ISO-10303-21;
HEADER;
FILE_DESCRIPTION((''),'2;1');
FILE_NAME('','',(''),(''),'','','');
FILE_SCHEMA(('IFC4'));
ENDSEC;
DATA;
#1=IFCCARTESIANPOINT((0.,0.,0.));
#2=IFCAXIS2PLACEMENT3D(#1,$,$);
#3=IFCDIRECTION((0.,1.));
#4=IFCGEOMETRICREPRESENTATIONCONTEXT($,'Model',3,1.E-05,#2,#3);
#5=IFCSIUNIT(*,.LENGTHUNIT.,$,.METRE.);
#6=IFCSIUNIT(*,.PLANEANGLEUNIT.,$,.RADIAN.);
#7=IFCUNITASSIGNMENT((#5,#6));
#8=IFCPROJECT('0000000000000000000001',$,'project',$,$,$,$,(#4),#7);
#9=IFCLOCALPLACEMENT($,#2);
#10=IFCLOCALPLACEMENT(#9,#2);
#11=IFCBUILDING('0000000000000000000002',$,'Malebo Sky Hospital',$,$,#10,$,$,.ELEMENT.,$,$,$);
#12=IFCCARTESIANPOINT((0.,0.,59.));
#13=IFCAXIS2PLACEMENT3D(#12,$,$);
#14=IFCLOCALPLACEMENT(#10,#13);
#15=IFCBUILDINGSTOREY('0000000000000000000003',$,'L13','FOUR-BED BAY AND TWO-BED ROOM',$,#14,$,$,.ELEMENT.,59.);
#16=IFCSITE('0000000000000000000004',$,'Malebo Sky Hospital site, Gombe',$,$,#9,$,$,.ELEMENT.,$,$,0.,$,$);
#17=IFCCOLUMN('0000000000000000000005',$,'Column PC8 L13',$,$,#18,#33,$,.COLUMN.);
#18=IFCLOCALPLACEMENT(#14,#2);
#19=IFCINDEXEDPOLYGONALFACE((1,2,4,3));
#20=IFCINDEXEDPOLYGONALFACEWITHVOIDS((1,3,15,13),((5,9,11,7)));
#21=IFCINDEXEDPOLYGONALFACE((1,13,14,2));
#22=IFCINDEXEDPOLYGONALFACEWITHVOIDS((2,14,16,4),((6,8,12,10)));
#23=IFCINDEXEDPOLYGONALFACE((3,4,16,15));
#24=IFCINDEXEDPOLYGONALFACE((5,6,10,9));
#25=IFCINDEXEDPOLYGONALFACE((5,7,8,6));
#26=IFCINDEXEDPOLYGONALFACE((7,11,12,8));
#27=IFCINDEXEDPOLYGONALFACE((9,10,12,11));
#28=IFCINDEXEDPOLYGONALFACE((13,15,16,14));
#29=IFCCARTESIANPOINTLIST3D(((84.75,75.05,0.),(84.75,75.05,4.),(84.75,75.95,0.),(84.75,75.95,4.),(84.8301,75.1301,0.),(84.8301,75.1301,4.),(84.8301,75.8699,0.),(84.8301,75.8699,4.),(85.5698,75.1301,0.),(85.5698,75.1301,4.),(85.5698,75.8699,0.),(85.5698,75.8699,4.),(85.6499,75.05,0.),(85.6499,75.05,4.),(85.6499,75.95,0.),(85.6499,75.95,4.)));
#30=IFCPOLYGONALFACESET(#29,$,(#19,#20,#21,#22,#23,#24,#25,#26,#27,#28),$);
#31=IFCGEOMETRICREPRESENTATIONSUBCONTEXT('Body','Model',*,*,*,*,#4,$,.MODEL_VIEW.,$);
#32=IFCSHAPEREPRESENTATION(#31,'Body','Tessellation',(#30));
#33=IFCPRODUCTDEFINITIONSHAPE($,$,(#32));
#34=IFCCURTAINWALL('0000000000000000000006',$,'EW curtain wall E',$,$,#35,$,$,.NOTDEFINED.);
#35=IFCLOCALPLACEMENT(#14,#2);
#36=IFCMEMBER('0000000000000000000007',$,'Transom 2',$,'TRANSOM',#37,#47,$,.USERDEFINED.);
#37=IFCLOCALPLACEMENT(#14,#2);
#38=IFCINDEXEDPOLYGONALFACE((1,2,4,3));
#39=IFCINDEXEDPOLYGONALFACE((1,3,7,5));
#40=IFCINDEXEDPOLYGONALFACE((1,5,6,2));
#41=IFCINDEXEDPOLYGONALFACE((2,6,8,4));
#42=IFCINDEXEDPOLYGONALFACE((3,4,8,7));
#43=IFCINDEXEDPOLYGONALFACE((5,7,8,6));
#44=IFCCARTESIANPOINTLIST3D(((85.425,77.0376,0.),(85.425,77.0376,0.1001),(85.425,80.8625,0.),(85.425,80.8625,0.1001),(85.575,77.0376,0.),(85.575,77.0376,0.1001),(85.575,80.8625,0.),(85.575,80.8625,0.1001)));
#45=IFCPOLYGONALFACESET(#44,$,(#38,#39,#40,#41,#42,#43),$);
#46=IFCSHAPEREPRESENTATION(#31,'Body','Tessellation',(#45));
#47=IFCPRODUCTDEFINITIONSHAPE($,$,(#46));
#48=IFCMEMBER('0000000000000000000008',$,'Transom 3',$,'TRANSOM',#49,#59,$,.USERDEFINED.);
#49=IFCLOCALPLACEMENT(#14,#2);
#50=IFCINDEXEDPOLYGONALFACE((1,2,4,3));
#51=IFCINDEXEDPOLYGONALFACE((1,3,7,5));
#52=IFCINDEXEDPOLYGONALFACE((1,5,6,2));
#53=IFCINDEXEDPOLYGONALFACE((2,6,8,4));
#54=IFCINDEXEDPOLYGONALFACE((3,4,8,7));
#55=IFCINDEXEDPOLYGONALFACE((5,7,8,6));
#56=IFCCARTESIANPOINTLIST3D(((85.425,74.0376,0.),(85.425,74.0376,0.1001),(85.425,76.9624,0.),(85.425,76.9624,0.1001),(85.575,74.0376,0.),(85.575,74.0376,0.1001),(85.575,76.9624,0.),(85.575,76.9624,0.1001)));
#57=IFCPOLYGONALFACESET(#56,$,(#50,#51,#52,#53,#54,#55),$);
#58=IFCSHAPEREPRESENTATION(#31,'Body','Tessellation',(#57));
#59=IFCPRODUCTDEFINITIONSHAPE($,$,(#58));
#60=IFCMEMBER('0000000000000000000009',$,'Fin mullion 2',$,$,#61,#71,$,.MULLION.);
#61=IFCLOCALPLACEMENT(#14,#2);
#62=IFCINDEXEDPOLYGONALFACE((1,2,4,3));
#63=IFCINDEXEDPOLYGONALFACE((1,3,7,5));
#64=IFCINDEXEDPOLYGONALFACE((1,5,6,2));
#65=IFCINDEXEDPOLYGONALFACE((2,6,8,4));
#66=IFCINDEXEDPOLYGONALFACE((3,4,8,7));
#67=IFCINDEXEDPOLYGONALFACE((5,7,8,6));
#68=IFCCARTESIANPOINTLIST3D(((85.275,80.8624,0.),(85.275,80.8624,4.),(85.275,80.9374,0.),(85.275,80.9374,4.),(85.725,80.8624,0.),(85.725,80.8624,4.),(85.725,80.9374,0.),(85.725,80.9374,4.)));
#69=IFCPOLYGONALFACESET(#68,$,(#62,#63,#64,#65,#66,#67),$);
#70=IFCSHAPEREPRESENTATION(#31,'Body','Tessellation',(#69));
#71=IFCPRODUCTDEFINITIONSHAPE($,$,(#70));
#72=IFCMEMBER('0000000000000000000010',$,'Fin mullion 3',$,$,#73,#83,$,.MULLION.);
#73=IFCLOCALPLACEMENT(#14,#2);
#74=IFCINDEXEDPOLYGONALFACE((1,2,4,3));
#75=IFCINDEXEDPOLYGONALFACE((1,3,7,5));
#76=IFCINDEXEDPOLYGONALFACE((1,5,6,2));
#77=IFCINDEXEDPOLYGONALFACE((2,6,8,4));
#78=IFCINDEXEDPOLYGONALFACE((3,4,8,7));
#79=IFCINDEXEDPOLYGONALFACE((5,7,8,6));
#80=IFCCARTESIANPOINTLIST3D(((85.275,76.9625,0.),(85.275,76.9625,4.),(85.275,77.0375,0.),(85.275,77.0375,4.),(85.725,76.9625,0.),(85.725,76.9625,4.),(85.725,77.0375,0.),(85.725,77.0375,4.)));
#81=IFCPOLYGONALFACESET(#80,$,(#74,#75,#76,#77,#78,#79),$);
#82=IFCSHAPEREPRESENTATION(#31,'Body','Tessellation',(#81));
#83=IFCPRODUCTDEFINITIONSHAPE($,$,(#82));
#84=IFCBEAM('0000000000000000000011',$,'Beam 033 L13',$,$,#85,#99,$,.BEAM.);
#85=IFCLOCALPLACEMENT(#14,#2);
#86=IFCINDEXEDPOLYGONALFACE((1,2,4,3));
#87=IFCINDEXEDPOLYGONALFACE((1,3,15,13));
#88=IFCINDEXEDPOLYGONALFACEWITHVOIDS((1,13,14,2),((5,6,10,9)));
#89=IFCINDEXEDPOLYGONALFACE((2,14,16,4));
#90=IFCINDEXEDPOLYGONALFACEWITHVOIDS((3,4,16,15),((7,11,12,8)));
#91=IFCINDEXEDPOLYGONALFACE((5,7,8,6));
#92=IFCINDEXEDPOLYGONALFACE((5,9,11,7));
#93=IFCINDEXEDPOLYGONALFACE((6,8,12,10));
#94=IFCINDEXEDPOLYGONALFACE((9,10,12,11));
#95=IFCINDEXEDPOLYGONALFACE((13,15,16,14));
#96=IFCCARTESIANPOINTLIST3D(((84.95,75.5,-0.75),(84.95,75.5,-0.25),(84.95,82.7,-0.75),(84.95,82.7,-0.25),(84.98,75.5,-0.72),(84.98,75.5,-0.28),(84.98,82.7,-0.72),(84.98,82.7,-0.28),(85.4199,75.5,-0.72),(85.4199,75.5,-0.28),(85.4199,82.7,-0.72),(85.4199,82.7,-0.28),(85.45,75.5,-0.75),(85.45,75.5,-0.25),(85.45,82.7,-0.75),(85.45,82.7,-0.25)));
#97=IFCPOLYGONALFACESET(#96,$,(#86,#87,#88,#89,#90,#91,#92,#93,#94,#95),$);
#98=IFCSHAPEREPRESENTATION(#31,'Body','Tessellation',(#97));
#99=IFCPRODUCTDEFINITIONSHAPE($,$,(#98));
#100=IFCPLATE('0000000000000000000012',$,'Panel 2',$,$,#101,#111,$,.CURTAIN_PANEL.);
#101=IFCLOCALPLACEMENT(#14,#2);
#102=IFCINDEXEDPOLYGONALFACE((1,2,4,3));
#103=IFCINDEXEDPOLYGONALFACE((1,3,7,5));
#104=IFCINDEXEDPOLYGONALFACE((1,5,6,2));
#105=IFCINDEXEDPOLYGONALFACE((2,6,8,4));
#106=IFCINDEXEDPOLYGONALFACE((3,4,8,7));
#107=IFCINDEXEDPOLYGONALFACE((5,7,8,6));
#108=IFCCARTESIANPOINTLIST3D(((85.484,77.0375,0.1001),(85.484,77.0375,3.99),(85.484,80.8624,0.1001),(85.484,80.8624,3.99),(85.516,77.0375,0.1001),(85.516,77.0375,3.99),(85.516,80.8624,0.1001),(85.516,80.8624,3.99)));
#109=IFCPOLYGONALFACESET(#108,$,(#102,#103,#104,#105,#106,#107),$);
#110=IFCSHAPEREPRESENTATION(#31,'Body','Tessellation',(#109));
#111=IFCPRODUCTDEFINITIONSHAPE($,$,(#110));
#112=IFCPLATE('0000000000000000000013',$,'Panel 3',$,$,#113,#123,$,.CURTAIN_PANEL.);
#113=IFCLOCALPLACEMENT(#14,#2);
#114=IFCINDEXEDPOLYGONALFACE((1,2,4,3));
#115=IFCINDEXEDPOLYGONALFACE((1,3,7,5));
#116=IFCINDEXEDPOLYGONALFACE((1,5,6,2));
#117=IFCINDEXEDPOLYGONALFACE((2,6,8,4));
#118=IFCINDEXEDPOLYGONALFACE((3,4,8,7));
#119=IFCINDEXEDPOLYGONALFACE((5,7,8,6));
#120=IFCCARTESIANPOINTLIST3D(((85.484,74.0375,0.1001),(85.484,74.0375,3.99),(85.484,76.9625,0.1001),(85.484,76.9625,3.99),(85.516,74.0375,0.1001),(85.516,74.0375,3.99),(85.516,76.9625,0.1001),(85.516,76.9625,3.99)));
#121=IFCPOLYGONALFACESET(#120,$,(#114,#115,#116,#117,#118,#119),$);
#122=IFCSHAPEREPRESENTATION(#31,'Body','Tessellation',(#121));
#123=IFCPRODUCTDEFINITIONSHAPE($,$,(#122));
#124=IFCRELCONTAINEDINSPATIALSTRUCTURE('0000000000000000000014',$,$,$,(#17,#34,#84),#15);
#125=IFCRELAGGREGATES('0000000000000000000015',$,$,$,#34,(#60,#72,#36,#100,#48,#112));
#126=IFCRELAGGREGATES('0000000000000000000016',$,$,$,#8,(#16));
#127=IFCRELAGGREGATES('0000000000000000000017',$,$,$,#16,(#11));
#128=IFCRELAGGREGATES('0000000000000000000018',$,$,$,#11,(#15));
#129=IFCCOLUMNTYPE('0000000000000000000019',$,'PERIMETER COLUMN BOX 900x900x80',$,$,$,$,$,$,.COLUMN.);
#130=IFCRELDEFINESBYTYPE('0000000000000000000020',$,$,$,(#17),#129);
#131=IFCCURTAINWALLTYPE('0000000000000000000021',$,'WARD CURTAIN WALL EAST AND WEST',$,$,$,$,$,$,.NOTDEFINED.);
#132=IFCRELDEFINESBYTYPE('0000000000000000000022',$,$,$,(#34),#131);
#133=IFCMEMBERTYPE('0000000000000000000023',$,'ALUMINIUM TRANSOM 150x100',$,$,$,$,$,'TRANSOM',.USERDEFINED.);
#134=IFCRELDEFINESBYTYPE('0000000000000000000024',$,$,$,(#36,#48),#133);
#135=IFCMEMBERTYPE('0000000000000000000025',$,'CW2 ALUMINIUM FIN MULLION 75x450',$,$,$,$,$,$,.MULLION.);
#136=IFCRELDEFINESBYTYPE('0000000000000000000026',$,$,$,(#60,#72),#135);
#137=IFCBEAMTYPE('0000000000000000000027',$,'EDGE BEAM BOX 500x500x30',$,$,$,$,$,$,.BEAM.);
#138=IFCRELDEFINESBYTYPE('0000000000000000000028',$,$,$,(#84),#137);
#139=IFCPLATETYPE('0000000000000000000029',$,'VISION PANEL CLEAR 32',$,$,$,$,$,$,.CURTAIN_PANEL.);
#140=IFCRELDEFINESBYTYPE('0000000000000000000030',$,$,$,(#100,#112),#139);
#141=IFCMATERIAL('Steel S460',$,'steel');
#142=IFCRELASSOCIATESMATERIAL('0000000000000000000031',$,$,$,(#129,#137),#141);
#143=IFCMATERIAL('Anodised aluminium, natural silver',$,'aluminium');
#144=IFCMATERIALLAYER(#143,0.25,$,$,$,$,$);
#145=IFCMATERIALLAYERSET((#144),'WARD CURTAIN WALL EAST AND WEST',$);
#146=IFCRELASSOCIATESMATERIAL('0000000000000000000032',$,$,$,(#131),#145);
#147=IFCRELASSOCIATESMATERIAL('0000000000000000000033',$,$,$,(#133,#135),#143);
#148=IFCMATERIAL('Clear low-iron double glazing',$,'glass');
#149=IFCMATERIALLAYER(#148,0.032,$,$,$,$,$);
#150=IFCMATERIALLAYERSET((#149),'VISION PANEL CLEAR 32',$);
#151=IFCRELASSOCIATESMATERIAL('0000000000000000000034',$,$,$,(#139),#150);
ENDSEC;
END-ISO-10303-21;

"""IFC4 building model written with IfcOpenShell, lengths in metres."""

from ifc_helpers import new_model, si_unit, direction, frame, origin, origin_2d, place, context, subcontext, project, spatial, rectangle, hollow_rectangle, extrude, material, layer, layer_set, material_profile, profile_set, type_object, element, aggregate, save


model = new_model("IFC4")

# Units and contexts
model_context = context("Model", 3, precision=1e-05, world=origin(), true_north=direction((0.0, 1.0)))
body_context = subcontext(model_context, "Body", "Model", "MODEL_VIEW")
ifc_project = project(units=[si_unit("LENGTHUNIT", "METRE"), si_unit("PLANEANGLEUNIT", "RADIAN")], contexts=[model_context])

# Site, building, storey
site_placement = place(None, origin())
site = spatial("IfcSite", under=ifc_project, at=site_placement, Name="Malebo Sky Hospital site, Gombe", CompositionType="ELEMENT", RefElevation=0.0)
building_placement = place(site_placement, origin())
building = spatial("IfcBuilding", under=site, at=building_placement, Name="Malebo Sky Hospital", CompositionType="ELEMENT")
storey_placement = place(building_placement, frame((0.0, 0.0, 59.0)))
storey = spatial("IfcBuildingStorey", under=building, at=storey_placement, Name="L13", Description="FOUR-BED BAY AND TWO-BED ROOM", CompositionType="ELEMENT", Elevation=59.0)

# Column
ifc_material_1 = material(Name="Steel S460", Category="steel")
ifc_material_profile_1 = material_profile(ifc_material_1, hollow_rectangle(XDim=0.8999, YDim=0.8999, WallThickness=0.0801, at=origin_2d()), Name="BOX 900x900x80")
ifc_profile_set_1 = profile_set([ifc_material_profile_1], Name="Steel S460")
column_type = type_object("IfcColumnType", Name="PERIMETER COLUMN BOX 900x900x80", PredefinedType="COLUMN", material=ifc_profile_set_1)
column_placement = place(storey_placement, frame((85.2, 75.5, 0.0), z_axis=(0.0, 0.0, 1.0), x_axis=(1.0, 0.0, 0.0)))
element("IfcColumn", 1, at=column_placement, inside=storey, type_object=column_type, Name="Column PC8 L13", PredefinedType="COLUMN", context=body_context, shape_type="SweptSolid", body=[
    extrude(hollow_rectangle(XDim=0.8999, YDim=0.8999, WallThickness=0.0801, at=origin_2d()), origin(), (0.0, 0.0, 1.0), 4.0),
])

# Curtain wall, members
ifc_material_2 = material(Name="Anodised aluminium, natural silver", Category="aluminium")
ifc_layer_1 = layer(ifc_material_2, 0.25)
ifc_layer_set_1 = layer_set([ifc_layer_1], Name="WARD CURTAIN WALL EAST AND WEST")
curtain_wall_type = type_object("IfcCurtainWallType", Name="WARD CURTAIN WALL EAST AND WEST", PredefinedType="NOTDEFINED", material=ifc_layer_set_1)
curtain_wall_placement = place(storey_placement, origin())
curtain_wall = element("IfcCurtainWall", 2, at=curtain_wall_placement, inside=storey, type_object=curtain_wall_type, Name="EW curtain wall E", PredefinedType="NOTDEFINED")
ifc_material_profile_2 = material_profile(ifc_material_2, rectangle(XDim=0.1499, YDim=0.1001, at=origin_2d()), Name="ALUMINIUM TRANSOM 150x100")
ifc_profile_set_2 = profile_set([ifc_material_profile_2], Name="Anodised aluminium, natural silver")
member_type_1 = type_object("IfcMemberType", Name="ALUMINIUM TRANSOM 150x100", ElementType="TRANSOM", PredefinedType="USERDEFINED", material=ifc_profile_set_2)
member_1_placement = place(storey_placement, frame((85.5, 80.8625, 0.05), z_axis=(0.0, -1.0, 0.0), x_axis=(1.0, 0.0, 0.0)))
member_1 = element("IfcMember", 3, at=member_1_placement, type_object=member_type_1, Name="Transom 2", ObjectType="TRANSOM", PredefinedType="USERDEFINED", context=body_context, shape_type="SweptSolid", body=[
    extrude(rectangle(XDim=0.1499, YDim=0.1001, at=origin_2d()), origin(), (0.0, 0.0, 1.0), 3.825),
])
member_2_placement = place(storey_placement, frame((85.5, 76.9624, 0.05), z_axis=(0.0, -1.0, 0.0), x_axis=(1.0, 0.0, 0.0)))
member_2 = element("IfcMember", 4, at=member_2_placement, type_object=member_type_1, Name="Transom 3", ObjectType="TRANSOM", PredefinedType="USERDEFINED", context=body_context, shape_type="SweptSolid", body=[
    extrude(rectangle(XDim=0.1499, YDim=0.1001, at=origin_2d()), origin(), (0.0, 0.0, 1.0), 2.9248),
])
ifc_material_profile_3 = material_profile(ifc_material_2, rectangle(XDim=0.075, YDim=0.45, at=origin_2d()), Name="CW2 ALUMINIUM FIN MULLION 75x450")
ifc_profile_set_3 = profile_set([ifc_material_profile_3], Name="Anodised aluminium, natural silver")
member_type_2 = type_object("IfcMemberType", Name="CW2 ALUMINIUM FIN MULLION 75x450", PredefinedType="MULLION", material=ifc_profile_set_3)
member_3_placement = place(storey_placement, frame((85.5, 80.8999, 0.0), z_axis=(0.0, 0.0, 1.0), x_axis=(0.0, -1.0, 0.0)))
member_3 = element("IfcMember", 5, at=member_3_placement, type_object=member_type_2, Name="Fin mullion 2", PredefinedType="MULLION", context=body_context, shape_type="SweptSolid", body=[
    extrude(rectangle(XDim=0.075, YDim=0.45, at=origin_2d()), origin(), (0.0, 0.0, 1.0), 4.0),
])
member_4_placement = place(storey_placement, frame((85.5, 77.0, 0.0), z_axis=(0.0, 0.0, 1.0), x_axis=(0.0, -1.0, 0.0)))
member_4 = element("IfcMember", 6, at=member_4_placement, type_object=member_type_2, Name="Fin mullion 3", PredefinedType="MULLION", context=body_context, shape_type="SweptSolid", body=[
    extrude(rectangle(XDim=0.075, YDim=0.45, at=origin_2d()), origin(), (0.0, 0.0, 1.0), 4.0),
])

# Beam
ifc_material_profile_4 = material_profile(ifc_material_1, hollow_rectangle(XDim=0.5, YDim=0.5, WallThickness=0.03, at=origin_2d()), Name="BOX 500x500x30")
ifc_profile_set_4 = profile_set([ifc_material_profile_4], Name="Steel S460")
beam_type = type_object("IfcBeamType", Name="EDGE BEAM BOX 500x500x30", PredefinedType="BEAM", material=ifc_profile_set_4)
beam_placement = place(storey_placement, frame((85.2, 75.5, -0.5), z_axis=(0.0, 1.0, 0.0), x_axis=(-1.0, 0.0, 0.0)))
element("IfcBeam", 7, at=beam_placement, inside=storey, type_object=beam_type, Name="Beam 033 L13", PredefinedType="BEAM", context=body_context, shape_type="SweptSolid", body=[
    extrude(hollow_rectangle(XDim=0.5, YDim=0.5, WallThickness=0.03, at=origin_2d()), origin(), (0.0, 0.0, 1.0), 7.2),
])

# Plates
ifc_material_3 = material(Name="Clear low-iron double glazing", Category="glass")
ifc_layer_2 = layer(ifc_material_3, 0.032)
ifc_layer_set_2 = layer_set([ifc_layer_2], Name="VISION PANEL CLEAR 32")
plate_type = type_object("IfcPlateType", Name="VISION PANEL CLEAR 32", PredefinedType="CURTAIN_PANEL", material=ifc_layer_set_2)
plate_1_placement = place(storey_placement, frame((85.5, 78.95, 0.1001), z_axis=(0.0, 0.0, 1.0), x_axis=(0.0, -1.0, 0.0)))
plate_1 = element("IfcPlate", 8, at=plate_1_placement, type_object=plate_type, Name="Panel 2", PredefinedType="CURTAIN_PANEL", context=body_context, shape_type="SweptSolid", body=[
    extrude(rectangle(XDim=3.825, YDim=0.032, at=origin_2d()), origin(), (0.0, 0.0, 1.0), 3.8899),
])
plate_2_placement = place(storey_placement, frame((85.5, 75.5, 0.1001), z_axis=(0.0, 0.0, 1.0), x_axis=(0.0, -1.0, 0.0)))
plate_2 = element("IfcPlate", 9, at=plate_2_placement, type_object=plate_type, Name="Panel 3", PredefinedType="CURTAIN_PANEL", context=body_context, shape_type="SweptSolid", body=[
    extrude(rectangle(XDim=2.925, YDim=0.032, at=origin_2d()), origin(), (0.0, 0.0, 1.0), 3.8899),
])
aggregate(curtain_wall, [member_3, member_4, member_1, plate_1, member_2, plate_2])

save(model, "model.ifc")
